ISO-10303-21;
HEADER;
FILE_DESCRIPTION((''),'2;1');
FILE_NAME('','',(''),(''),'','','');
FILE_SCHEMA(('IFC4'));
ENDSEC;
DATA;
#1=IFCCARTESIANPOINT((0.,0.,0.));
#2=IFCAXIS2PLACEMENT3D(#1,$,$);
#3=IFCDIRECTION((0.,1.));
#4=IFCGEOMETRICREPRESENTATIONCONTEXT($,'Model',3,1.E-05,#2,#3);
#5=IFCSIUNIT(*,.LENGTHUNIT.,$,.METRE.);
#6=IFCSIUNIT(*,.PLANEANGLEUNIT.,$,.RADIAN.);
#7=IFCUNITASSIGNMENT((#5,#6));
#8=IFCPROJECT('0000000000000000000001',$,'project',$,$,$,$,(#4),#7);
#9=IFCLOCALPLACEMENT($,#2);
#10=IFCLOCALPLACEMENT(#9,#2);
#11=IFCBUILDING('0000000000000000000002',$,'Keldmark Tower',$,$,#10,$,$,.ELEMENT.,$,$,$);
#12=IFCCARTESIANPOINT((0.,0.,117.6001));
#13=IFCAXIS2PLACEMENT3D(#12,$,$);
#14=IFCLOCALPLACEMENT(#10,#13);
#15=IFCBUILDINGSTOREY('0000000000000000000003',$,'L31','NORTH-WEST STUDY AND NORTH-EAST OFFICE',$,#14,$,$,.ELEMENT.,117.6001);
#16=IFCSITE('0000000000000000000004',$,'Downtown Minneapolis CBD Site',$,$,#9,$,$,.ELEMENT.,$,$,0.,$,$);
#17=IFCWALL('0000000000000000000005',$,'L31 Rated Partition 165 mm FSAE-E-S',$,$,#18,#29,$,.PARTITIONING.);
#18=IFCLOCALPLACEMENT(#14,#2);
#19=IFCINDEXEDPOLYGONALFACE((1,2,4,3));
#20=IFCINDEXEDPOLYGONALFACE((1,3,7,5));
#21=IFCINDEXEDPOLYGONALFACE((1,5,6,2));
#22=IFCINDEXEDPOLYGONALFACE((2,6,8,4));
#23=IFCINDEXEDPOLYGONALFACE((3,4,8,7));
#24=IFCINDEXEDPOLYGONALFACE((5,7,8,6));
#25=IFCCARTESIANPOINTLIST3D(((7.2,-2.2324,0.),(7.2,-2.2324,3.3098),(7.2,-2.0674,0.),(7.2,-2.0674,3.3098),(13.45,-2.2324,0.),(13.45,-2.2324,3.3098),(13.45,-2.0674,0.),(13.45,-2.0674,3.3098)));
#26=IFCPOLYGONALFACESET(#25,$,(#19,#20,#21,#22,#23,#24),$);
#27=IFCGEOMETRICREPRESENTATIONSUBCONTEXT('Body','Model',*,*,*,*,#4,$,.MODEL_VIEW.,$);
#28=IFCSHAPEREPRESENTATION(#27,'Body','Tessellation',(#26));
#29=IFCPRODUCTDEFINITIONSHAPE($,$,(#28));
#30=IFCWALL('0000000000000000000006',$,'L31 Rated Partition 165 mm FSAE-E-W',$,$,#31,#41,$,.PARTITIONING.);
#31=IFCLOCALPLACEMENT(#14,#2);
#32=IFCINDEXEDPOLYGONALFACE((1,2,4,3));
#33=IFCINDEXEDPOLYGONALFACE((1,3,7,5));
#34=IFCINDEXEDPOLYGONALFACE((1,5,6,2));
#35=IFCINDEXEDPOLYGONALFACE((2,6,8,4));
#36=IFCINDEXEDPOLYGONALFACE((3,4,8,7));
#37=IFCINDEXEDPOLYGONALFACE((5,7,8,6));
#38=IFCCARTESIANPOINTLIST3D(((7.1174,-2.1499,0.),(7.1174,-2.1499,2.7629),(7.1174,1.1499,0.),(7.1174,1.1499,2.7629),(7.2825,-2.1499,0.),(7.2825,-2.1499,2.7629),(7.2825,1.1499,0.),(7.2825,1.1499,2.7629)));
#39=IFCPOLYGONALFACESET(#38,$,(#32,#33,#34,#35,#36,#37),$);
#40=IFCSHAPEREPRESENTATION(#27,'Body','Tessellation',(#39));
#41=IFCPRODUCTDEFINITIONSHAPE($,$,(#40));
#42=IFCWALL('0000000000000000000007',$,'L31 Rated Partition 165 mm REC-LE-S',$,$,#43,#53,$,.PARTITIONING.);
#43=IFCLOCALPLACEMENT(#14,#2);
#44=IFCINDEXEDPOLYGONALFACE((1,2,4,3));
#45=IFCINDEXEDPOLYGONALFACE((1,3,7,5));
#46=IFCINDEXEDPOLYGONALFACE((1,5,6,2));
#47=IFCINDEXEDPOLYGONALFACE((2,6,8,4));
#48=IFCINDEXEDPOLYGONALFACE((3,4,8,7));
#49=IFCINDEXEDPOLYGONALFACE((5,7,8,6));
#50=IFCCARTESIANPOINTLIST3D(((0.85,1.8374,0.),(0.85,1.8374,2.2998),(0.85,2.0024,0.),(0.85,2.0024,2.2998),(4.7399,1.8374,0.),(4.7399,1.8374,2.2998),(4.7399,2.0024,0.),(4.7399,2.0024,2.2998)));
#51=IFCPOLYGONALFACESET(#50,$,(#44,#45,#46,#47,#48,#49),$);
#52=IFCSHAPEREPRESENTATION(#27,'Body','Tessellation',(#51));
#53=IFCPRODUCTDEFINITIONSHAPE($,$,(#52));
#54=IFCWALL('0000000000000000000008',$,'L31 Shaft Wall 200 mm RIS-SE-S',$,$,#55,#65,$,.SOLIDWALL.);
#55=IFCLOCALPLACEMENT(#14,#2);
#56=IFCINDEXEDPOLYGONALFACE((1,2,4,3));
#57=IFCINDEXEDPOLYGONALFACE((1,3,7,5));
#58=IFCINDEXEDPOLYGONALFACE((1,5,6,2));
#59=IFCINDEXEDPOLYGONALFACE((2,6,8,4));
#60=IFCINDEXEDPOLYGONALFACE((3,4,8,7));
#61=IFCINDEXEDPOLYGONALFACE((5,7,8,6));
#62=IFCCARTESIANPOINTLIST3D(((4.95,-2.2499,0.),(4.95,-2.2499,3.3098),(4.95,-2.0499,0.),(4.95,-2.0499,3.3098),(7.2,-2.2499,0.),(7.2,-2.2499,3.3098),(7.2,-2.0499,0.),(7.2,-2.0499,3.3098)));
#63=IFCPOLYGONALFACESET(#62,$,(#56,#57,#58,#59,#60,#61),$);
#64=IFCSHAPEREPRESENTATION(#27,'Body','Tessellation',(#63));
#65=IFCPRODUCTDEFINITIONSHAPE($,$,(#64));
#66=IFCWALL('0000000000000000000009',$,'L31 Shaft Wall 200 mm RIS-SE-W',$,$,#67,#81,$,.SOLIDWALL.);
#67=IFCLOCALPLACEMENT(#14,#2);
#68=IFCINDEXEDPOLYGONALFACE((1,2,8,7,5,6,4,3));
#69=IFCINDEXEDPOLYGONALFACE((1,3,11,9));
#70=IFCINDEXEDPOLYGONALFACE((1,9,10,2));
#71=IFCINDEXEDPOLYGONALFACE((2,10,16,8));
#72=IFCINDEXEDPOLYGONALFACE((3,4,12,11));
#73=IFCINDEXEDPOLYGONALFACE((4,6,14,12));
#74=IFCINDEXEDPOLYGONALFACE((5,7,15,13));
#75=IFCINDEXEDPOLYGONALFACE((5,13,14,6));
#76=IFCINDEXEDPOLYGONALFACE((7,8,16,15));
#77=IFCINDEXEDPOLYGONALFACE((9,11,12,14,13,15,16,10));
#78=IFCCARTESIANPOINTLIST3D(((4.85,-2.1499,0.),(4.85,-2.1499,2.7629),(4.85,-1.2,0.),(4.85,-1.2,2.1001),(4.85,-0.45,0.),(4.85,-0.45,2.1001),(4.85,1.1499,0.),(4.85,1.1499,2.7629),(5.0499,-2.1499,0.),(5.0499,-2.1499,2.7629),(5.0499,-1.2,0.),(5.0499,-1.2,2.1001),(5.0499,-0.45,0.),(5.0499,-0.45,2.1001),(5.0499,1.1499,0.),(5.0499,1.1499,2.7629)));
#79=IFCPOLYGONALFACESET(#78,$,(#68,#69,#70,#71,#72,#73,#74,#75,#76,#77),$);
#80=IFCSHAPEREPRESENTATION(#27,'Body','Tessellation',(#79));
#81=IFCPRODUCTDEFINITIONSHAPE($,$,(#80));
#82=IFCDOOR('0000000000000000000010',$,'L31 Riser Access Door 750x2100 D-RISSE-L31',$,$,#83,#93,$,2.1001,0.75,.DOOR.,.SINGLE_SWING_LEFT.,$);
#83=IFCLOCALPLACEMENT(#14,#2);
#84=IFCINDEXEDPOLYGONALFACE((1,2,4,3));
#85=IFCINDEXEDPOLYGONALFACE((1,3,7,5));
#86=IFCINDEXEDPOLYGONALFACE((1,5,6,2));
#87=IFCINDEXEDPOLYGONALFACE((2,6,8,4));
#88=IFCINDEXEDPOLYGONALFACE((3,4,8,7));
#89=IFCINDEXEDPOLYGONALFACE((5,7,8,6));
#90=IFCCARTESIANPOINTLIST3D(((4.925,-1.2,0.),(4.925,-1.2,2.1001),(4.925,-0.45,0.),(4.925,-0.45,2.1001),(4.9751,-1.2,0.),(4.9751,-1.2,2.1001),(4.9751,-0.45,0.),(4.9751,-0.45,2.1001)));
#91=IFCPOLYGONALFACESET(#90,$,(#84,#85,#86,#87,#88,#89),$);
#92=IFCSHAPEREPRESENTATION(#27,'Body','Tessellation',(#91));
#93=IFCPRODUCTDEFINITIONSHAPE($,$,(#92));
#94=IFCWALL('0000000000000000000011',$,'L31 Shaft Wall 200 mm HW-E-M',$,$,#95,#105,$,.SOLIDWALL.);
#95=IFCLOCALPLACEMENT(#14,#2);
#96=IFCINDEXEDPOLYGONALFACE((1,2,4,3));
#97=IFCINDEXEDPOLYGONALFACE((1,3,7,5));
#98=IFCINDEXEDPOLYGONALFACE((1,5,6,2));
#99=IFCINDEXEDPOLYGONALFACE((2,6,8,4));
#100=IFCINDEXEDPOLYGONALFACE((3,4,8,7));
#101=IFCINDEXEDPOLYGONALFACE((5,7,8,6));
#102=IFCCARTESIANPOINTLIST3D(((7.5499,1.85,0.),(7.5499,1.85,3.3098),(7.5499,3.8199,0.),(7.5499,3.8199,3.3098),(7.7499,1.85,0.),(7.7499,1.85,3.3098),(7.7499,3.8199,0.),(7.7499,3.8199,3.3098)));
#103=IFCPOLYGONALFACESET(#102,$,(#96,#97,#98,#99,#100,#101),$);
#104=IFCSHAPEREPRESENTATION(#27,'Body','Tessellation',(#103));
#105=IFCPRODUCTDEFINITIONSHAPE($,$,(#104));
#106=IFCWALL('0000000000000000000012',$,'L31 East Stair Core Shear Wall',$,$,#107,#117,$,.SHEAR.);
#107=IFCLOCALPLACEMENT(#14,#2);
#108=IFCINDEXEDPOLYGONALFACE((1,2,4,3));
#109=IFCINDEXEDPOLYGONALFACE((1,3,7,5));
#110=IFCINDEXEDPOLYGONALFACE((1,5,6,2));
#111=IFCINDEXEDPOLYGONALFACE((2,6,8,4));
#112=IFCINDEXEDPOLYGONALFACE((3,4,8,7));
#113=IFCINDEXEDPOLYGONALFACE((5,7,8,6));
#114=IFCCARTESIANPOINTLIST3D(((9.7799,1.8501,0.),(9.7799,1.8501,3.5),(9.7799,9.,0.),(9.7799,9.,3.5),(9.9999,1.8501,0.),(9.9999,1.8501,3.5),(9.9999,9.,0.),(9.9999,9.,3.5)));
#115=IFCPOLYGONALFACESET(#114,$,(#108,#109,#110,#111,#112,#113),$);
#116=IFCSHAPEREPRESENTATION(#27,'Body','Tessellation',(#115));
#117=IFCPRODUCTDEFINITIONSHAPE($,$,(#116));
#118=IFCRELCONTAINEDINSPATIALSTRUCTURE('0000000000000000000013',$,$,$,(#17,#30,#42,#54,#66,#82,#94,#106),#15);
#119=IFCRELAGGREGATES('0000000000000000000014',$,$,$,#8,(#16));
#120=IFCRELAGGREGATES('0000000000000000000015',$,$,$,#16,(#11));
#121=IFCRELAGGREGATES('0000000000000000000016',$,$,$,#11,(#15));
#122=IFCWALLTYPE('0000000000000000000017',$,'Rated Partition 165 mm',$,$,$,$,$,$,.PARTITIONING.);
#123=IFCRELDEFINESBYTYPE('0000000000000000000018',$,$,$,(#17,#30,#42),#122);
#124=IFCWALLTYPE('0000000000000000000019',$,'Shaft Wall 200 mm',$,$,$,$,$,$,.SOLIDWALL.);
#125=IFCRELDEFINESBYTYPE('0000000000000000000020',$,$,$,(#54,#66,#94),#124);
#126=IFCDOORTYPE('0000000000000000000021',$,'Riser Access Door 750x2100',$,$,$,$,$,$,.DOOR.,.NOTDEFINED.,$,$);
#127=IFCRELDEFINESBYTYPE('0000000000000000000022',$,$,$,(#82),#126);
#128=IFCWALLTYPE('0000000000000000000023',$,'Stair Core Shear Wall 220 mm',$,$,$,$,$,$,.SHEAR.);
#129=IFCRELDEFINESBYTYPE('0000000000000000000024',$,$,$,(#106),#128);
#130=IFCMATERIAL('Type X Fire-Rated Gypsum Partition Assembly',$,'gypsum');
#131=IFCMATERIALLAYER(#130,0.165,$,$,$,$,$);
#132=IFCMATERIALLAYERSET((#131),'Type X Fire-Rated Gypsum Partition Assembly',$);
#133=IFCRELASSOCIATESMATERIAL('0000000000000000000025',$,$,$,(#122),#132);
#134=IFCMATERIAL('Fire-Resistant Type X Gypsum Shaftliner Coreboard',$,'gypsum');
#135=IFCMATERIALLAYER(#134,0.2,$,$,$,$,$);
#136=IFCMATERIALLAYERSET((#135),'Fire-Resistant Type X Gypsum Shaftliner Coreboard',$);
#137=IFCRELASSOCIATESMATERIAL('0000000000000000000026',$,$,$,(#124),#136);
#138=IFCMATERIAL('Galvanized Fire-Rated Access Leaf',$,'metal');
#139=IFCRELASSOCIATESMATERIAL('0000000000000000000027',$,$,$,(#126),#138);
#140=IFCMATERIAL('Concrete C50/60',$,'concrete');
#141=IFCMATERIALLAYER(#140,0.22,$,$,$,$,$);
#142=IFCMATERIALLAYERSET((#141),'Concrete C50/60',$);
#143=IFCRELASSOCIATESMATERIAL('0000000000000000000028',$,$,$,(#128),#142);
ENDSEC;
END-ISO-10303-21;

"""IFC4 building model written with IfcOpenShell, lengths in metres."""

from ifc_helpers import new_model, si_unit, direction, frame, frame_2d, origin, place, context, subcontext, project, spatial, rectangle, extrude, material, layer, layer_set, type_object, element, fill, save


model = new_model("IFC4")

# Units and contexts
model_context = context("Model", 3, precision=1e-05, world=origin(), true_north=direction((0.0, 1.0)))
body_context = subcontext(model_context, "Body", "Model", "MODEL_VIEW")
ifc_project = project(units=[si_unit("LENGTHUNIT", "METRE"), si_unit("PLANEANGLEUNIT", "RADIAN")], contexts=[model_context])

# Site, building, storey
site_placement = place(None, origin())
site = spatial("IfcSite", under=ifc_project, at=site_placement, Name="Downtown Minneapolis CBD Site", CompositionType="ELEMENT", RefElevation=0.0)
building_placement = place(site_placement, origin())
building = spatial("IfcBuilding", under=site, at=building_placement, Name="Keldmark Tower", CompositionType="ELEMENT")
storey_placement = place(building_placement, frame((0.0, 0.0, 117.6001)))
storey = spatial("IfcBuildingStorey", under=building, at=storey_placement, Name="L31", Description="NORTH-WEST STUDY AND NORTH-EAST OFFICE", CompositionType="ELEMENT", Elevation=117.6001)

# Walls
ifc_material_1 = material(Name="Type X Fire-Rated Gypsum Partition Assembly", Category="gypsum")
ifc_layer_1 = layer(ifc_material_1, 0.165)
ifc_layer_set_1 = layer_set([ifc_layer_1], Name="Type X Fire-Rated Gypsum Partition Assembly")
wall_type_1 = type_object("IfcWallType", Name="Rated Partition 165 mm", PredefinedType="PARTITIONING", material=ifc_layer_set_1)
wall_1_placement = place(storey_placement, frame((7.2, -2.1499, 0.0), z_axis=(0.0, 0.0, 1.0), x_axis=(1.0, 0.0, 0.0)))
element("IfcWall", 1, at=wall_1_placement, inside=storey, type_object=wall_type_1, Name="L31 Rated Partition 165 mm FSAE-E-S", PredefinedType="PARTITIONING", context=body_context, shape_type="SweptSolid", body=[
    extrude(rectangle(XDim=6.25, YDim=0.165, at=frame_2d((3.125, 0.0))), origin(), (0.0, 0.0, 1.0), 3.3098),
])
wall_2_placement = place(storey_placement, frame((7.2, -2.1499, 0.0), z_axis=(0.0, 0.0, 1.0), x_axis=(0.0, 1.0, 0.0)))
element("IfcWall", 2, at=wall_2_placement, inside=storey, type_object=wall_type_1, Name="L31 Rated Partition 165 mm FSAE-E-W", PredefinedType="PARTITIONING", context=body_context, shape_type="SweptSolid", body=[
    extrude(rectangle(XDim=3.2998, YDim=0.165, at=frame_2d((1.6499, 0.0))), origin(), (0.0, 0.0, 1.0), 2.7629),
])

# Walls
wall_3_placement = place(storey_placement, frame((0.8501, 1.9199, 0.0), z_axis=(0.0, 0.0, 1.0), x_axis=(1.0, 0.0, 0.0)))
element("IfcWall", 3, at=wall_3_placement, inside=storey, type_object=wall_type_1, Name="L31 Rated Partition 165 mm REC-LE-S", PredefinedType="PARTITIONING", context=body_context, shape_type="SweptSolid", body=[
    extrude(rectangle(XDim=3.8899, YDim=0.165, at=frame_2d((1.9448, 0.0))), origin(), (0.0, 0.0, 1.0), 2.2998),
])
ifc_material_2 = material(Name="Fire-Resistant Type X Gypsum Shaftliner Coreboard", Category="gypsum")
ifc_layer_2 = layer(ifc_material_2, 0.2)
ifc_layer_set_2 = layer_set([ifc_layer_2], Name="Fire-Resistant Type X Gypsum Shaftliner Coreboard")
wall_type_2 = type_object("IfcWallType", Name="Shaft Wall 200 mm", PredefinedType="SOLIDWALL", material=ifc_layer_set_2)
wall_4_placement = place(storey_placement, frame((4.95, -2.1499, 0.0), z_axis=(0.0, 0.0, 1.0), x_axis=(1.0, 0.0, 0.0)))
element("IfcWall", 4, at=wall_4_placement, inside=storey, type_object=wall_type_2, Name="L31 Shaft Wall 200 mm RIS-SE-S", PredefinedType="SOLIDWALL", context=body_context, shape_type="SweptSolid", body=[
    extrude(rectangle(XDim=2.25, YDim=0.2, at=frame_2d((1.125, 0.0))), origin(), (0.0, 0.0, 1.0), 3.3098),
])

# Wall, opening, door
wall_5_placement = place(storey_placement, frame((4.95, -2.1499, 0.0), z_axis=(0.0, 0.0, 1.0), x_axis=(0.0, 1.0, 0.0)))
wall_5 = element("IfcWall", 5, at=wall_5_placement, inside=storey, type_object=wall_type_2, Name="L31 Shaft Wall 200 mm RIS-SE-W", PredefinedType="SOLIDWALL", context=body_context, shape_type="SweptSolid", body=[
    extrude(rectangle(XDim=3.2998, YDim=0.2, at=frame_2d((1.6499, 0.0))), origin(), (0.0, 0.0, 1.0), 2.7629),
])
opening_1_placement = place(wall_5_placement, frame((0.95, 0.0, 0.0)))
opening_1 = element("IfcOpeningElement", 6, at=opening_1_placement, cuts=wall_5, PredefinedType="OPENING", context=body_context, shape_type="SweptSolid", body=[
    extrude(rectangle(XDim=0.75, YDim=2.1001, at=frame_2d((0.375, 1.05))), frame((0.0, 0.1099, 0.0), z_axis=(0.0, -1.0, 0.0), x_axis=(1.0, 0.0, 0.0)), (0.0, 0.0, 1.0), 0.22),
])
ifc_material_3 = material(Name="Galvanized Fire-Rated Access Leaf", Category="metal")
door_type_1 = type_object("IfcDoorType", Name="Riser Access Door 750x2100", OperationType="NOTDEFINED", PredefinedType="DOOR", material=ifc_material_3)
door_1_placement = place(opening_1_placement, origin())
door_1 = element("IfcDoor", 7, at=door_1_placement, inside=storey, type_object=door_type_1, Name="L31 Riser Access Door 750x2100 D-RISSE-L31", OperationType="SINGLE_SWING_LEFT", OverallHeight=2.1001, OverallWidth=0.75, PredefinedType="DOOR", context=body_context, shape_type="SweptSolid", body=[
    extrude(rectangle(XDim=0.75, YDim=2.1001, at=frame_2d((0.375, 1.05))), frame((0.0, 0.0249, 0.0), z_axis=(0.0, -1.0, 0.0), x_axis=(1.0, 0.0, 0.0)), (0.0, 0.0, 1.0), 0.05),
])
fill(opening_1, door_1)

# Walls
wall_6_placement = place(storey_placement, frame((7.6499, 1.8501, 0.0), z_axis=(0.0, 0.0, 1.0), x_axis=(0.0, 1.0, 0.0)))
element("IfcWall", 8, at=wall_6_placement, inside=storey, type_object=wall_type_2, Name="L31 Shaft Wall 200 mm HW-E-M", PredefinedType="SOLIDWALL", context=body_context, shape_type="SweptSolid", body=[
    extrude(rectangle(XDim=1.97, YDim=0.2, at=frame_2d((0.9849, 0.0))), origin(), (0.0, 0.0, 1.0), 3.3098),
])
ifc_material_4 = material(Name="Concrete C50/60", Category="concrete")
ifc_layer_3 = layer(ifc_material_4, 0.22)
ifc_layer_set_3 = layer_set([ifc_layer_3], Name="Concrete C50/60")
wall_type_3 = type_object("IfcWallType", Name="Stair Core Shear Wall 220 mm", PredefinedType="SHEAR", material=ifc_layer_set_3)
wall_7_placement = place(storey_placement, frame((9.8899, 1.8501, 0.0), z_axis=(0.0, 0.0, 1.0), x_axis=(0.0, 1.0, 0.0)))
element("IfcWall", 9, at=wall_7_placement, inside=storey, type_object=wall_type_3, Name="L31 East Stair Core Shear Wall", PredefinedType="SHEAR", context=body_context, shape_type="SweptSolid", body=[
    extrude(rectangle(XDim=7.1499, YDim=0.22, at=frame_2d((3.575, 0.0))), origin(), (0.0, 0.0, 1.0), 3.5),
])

save(model, "model.ifc")
